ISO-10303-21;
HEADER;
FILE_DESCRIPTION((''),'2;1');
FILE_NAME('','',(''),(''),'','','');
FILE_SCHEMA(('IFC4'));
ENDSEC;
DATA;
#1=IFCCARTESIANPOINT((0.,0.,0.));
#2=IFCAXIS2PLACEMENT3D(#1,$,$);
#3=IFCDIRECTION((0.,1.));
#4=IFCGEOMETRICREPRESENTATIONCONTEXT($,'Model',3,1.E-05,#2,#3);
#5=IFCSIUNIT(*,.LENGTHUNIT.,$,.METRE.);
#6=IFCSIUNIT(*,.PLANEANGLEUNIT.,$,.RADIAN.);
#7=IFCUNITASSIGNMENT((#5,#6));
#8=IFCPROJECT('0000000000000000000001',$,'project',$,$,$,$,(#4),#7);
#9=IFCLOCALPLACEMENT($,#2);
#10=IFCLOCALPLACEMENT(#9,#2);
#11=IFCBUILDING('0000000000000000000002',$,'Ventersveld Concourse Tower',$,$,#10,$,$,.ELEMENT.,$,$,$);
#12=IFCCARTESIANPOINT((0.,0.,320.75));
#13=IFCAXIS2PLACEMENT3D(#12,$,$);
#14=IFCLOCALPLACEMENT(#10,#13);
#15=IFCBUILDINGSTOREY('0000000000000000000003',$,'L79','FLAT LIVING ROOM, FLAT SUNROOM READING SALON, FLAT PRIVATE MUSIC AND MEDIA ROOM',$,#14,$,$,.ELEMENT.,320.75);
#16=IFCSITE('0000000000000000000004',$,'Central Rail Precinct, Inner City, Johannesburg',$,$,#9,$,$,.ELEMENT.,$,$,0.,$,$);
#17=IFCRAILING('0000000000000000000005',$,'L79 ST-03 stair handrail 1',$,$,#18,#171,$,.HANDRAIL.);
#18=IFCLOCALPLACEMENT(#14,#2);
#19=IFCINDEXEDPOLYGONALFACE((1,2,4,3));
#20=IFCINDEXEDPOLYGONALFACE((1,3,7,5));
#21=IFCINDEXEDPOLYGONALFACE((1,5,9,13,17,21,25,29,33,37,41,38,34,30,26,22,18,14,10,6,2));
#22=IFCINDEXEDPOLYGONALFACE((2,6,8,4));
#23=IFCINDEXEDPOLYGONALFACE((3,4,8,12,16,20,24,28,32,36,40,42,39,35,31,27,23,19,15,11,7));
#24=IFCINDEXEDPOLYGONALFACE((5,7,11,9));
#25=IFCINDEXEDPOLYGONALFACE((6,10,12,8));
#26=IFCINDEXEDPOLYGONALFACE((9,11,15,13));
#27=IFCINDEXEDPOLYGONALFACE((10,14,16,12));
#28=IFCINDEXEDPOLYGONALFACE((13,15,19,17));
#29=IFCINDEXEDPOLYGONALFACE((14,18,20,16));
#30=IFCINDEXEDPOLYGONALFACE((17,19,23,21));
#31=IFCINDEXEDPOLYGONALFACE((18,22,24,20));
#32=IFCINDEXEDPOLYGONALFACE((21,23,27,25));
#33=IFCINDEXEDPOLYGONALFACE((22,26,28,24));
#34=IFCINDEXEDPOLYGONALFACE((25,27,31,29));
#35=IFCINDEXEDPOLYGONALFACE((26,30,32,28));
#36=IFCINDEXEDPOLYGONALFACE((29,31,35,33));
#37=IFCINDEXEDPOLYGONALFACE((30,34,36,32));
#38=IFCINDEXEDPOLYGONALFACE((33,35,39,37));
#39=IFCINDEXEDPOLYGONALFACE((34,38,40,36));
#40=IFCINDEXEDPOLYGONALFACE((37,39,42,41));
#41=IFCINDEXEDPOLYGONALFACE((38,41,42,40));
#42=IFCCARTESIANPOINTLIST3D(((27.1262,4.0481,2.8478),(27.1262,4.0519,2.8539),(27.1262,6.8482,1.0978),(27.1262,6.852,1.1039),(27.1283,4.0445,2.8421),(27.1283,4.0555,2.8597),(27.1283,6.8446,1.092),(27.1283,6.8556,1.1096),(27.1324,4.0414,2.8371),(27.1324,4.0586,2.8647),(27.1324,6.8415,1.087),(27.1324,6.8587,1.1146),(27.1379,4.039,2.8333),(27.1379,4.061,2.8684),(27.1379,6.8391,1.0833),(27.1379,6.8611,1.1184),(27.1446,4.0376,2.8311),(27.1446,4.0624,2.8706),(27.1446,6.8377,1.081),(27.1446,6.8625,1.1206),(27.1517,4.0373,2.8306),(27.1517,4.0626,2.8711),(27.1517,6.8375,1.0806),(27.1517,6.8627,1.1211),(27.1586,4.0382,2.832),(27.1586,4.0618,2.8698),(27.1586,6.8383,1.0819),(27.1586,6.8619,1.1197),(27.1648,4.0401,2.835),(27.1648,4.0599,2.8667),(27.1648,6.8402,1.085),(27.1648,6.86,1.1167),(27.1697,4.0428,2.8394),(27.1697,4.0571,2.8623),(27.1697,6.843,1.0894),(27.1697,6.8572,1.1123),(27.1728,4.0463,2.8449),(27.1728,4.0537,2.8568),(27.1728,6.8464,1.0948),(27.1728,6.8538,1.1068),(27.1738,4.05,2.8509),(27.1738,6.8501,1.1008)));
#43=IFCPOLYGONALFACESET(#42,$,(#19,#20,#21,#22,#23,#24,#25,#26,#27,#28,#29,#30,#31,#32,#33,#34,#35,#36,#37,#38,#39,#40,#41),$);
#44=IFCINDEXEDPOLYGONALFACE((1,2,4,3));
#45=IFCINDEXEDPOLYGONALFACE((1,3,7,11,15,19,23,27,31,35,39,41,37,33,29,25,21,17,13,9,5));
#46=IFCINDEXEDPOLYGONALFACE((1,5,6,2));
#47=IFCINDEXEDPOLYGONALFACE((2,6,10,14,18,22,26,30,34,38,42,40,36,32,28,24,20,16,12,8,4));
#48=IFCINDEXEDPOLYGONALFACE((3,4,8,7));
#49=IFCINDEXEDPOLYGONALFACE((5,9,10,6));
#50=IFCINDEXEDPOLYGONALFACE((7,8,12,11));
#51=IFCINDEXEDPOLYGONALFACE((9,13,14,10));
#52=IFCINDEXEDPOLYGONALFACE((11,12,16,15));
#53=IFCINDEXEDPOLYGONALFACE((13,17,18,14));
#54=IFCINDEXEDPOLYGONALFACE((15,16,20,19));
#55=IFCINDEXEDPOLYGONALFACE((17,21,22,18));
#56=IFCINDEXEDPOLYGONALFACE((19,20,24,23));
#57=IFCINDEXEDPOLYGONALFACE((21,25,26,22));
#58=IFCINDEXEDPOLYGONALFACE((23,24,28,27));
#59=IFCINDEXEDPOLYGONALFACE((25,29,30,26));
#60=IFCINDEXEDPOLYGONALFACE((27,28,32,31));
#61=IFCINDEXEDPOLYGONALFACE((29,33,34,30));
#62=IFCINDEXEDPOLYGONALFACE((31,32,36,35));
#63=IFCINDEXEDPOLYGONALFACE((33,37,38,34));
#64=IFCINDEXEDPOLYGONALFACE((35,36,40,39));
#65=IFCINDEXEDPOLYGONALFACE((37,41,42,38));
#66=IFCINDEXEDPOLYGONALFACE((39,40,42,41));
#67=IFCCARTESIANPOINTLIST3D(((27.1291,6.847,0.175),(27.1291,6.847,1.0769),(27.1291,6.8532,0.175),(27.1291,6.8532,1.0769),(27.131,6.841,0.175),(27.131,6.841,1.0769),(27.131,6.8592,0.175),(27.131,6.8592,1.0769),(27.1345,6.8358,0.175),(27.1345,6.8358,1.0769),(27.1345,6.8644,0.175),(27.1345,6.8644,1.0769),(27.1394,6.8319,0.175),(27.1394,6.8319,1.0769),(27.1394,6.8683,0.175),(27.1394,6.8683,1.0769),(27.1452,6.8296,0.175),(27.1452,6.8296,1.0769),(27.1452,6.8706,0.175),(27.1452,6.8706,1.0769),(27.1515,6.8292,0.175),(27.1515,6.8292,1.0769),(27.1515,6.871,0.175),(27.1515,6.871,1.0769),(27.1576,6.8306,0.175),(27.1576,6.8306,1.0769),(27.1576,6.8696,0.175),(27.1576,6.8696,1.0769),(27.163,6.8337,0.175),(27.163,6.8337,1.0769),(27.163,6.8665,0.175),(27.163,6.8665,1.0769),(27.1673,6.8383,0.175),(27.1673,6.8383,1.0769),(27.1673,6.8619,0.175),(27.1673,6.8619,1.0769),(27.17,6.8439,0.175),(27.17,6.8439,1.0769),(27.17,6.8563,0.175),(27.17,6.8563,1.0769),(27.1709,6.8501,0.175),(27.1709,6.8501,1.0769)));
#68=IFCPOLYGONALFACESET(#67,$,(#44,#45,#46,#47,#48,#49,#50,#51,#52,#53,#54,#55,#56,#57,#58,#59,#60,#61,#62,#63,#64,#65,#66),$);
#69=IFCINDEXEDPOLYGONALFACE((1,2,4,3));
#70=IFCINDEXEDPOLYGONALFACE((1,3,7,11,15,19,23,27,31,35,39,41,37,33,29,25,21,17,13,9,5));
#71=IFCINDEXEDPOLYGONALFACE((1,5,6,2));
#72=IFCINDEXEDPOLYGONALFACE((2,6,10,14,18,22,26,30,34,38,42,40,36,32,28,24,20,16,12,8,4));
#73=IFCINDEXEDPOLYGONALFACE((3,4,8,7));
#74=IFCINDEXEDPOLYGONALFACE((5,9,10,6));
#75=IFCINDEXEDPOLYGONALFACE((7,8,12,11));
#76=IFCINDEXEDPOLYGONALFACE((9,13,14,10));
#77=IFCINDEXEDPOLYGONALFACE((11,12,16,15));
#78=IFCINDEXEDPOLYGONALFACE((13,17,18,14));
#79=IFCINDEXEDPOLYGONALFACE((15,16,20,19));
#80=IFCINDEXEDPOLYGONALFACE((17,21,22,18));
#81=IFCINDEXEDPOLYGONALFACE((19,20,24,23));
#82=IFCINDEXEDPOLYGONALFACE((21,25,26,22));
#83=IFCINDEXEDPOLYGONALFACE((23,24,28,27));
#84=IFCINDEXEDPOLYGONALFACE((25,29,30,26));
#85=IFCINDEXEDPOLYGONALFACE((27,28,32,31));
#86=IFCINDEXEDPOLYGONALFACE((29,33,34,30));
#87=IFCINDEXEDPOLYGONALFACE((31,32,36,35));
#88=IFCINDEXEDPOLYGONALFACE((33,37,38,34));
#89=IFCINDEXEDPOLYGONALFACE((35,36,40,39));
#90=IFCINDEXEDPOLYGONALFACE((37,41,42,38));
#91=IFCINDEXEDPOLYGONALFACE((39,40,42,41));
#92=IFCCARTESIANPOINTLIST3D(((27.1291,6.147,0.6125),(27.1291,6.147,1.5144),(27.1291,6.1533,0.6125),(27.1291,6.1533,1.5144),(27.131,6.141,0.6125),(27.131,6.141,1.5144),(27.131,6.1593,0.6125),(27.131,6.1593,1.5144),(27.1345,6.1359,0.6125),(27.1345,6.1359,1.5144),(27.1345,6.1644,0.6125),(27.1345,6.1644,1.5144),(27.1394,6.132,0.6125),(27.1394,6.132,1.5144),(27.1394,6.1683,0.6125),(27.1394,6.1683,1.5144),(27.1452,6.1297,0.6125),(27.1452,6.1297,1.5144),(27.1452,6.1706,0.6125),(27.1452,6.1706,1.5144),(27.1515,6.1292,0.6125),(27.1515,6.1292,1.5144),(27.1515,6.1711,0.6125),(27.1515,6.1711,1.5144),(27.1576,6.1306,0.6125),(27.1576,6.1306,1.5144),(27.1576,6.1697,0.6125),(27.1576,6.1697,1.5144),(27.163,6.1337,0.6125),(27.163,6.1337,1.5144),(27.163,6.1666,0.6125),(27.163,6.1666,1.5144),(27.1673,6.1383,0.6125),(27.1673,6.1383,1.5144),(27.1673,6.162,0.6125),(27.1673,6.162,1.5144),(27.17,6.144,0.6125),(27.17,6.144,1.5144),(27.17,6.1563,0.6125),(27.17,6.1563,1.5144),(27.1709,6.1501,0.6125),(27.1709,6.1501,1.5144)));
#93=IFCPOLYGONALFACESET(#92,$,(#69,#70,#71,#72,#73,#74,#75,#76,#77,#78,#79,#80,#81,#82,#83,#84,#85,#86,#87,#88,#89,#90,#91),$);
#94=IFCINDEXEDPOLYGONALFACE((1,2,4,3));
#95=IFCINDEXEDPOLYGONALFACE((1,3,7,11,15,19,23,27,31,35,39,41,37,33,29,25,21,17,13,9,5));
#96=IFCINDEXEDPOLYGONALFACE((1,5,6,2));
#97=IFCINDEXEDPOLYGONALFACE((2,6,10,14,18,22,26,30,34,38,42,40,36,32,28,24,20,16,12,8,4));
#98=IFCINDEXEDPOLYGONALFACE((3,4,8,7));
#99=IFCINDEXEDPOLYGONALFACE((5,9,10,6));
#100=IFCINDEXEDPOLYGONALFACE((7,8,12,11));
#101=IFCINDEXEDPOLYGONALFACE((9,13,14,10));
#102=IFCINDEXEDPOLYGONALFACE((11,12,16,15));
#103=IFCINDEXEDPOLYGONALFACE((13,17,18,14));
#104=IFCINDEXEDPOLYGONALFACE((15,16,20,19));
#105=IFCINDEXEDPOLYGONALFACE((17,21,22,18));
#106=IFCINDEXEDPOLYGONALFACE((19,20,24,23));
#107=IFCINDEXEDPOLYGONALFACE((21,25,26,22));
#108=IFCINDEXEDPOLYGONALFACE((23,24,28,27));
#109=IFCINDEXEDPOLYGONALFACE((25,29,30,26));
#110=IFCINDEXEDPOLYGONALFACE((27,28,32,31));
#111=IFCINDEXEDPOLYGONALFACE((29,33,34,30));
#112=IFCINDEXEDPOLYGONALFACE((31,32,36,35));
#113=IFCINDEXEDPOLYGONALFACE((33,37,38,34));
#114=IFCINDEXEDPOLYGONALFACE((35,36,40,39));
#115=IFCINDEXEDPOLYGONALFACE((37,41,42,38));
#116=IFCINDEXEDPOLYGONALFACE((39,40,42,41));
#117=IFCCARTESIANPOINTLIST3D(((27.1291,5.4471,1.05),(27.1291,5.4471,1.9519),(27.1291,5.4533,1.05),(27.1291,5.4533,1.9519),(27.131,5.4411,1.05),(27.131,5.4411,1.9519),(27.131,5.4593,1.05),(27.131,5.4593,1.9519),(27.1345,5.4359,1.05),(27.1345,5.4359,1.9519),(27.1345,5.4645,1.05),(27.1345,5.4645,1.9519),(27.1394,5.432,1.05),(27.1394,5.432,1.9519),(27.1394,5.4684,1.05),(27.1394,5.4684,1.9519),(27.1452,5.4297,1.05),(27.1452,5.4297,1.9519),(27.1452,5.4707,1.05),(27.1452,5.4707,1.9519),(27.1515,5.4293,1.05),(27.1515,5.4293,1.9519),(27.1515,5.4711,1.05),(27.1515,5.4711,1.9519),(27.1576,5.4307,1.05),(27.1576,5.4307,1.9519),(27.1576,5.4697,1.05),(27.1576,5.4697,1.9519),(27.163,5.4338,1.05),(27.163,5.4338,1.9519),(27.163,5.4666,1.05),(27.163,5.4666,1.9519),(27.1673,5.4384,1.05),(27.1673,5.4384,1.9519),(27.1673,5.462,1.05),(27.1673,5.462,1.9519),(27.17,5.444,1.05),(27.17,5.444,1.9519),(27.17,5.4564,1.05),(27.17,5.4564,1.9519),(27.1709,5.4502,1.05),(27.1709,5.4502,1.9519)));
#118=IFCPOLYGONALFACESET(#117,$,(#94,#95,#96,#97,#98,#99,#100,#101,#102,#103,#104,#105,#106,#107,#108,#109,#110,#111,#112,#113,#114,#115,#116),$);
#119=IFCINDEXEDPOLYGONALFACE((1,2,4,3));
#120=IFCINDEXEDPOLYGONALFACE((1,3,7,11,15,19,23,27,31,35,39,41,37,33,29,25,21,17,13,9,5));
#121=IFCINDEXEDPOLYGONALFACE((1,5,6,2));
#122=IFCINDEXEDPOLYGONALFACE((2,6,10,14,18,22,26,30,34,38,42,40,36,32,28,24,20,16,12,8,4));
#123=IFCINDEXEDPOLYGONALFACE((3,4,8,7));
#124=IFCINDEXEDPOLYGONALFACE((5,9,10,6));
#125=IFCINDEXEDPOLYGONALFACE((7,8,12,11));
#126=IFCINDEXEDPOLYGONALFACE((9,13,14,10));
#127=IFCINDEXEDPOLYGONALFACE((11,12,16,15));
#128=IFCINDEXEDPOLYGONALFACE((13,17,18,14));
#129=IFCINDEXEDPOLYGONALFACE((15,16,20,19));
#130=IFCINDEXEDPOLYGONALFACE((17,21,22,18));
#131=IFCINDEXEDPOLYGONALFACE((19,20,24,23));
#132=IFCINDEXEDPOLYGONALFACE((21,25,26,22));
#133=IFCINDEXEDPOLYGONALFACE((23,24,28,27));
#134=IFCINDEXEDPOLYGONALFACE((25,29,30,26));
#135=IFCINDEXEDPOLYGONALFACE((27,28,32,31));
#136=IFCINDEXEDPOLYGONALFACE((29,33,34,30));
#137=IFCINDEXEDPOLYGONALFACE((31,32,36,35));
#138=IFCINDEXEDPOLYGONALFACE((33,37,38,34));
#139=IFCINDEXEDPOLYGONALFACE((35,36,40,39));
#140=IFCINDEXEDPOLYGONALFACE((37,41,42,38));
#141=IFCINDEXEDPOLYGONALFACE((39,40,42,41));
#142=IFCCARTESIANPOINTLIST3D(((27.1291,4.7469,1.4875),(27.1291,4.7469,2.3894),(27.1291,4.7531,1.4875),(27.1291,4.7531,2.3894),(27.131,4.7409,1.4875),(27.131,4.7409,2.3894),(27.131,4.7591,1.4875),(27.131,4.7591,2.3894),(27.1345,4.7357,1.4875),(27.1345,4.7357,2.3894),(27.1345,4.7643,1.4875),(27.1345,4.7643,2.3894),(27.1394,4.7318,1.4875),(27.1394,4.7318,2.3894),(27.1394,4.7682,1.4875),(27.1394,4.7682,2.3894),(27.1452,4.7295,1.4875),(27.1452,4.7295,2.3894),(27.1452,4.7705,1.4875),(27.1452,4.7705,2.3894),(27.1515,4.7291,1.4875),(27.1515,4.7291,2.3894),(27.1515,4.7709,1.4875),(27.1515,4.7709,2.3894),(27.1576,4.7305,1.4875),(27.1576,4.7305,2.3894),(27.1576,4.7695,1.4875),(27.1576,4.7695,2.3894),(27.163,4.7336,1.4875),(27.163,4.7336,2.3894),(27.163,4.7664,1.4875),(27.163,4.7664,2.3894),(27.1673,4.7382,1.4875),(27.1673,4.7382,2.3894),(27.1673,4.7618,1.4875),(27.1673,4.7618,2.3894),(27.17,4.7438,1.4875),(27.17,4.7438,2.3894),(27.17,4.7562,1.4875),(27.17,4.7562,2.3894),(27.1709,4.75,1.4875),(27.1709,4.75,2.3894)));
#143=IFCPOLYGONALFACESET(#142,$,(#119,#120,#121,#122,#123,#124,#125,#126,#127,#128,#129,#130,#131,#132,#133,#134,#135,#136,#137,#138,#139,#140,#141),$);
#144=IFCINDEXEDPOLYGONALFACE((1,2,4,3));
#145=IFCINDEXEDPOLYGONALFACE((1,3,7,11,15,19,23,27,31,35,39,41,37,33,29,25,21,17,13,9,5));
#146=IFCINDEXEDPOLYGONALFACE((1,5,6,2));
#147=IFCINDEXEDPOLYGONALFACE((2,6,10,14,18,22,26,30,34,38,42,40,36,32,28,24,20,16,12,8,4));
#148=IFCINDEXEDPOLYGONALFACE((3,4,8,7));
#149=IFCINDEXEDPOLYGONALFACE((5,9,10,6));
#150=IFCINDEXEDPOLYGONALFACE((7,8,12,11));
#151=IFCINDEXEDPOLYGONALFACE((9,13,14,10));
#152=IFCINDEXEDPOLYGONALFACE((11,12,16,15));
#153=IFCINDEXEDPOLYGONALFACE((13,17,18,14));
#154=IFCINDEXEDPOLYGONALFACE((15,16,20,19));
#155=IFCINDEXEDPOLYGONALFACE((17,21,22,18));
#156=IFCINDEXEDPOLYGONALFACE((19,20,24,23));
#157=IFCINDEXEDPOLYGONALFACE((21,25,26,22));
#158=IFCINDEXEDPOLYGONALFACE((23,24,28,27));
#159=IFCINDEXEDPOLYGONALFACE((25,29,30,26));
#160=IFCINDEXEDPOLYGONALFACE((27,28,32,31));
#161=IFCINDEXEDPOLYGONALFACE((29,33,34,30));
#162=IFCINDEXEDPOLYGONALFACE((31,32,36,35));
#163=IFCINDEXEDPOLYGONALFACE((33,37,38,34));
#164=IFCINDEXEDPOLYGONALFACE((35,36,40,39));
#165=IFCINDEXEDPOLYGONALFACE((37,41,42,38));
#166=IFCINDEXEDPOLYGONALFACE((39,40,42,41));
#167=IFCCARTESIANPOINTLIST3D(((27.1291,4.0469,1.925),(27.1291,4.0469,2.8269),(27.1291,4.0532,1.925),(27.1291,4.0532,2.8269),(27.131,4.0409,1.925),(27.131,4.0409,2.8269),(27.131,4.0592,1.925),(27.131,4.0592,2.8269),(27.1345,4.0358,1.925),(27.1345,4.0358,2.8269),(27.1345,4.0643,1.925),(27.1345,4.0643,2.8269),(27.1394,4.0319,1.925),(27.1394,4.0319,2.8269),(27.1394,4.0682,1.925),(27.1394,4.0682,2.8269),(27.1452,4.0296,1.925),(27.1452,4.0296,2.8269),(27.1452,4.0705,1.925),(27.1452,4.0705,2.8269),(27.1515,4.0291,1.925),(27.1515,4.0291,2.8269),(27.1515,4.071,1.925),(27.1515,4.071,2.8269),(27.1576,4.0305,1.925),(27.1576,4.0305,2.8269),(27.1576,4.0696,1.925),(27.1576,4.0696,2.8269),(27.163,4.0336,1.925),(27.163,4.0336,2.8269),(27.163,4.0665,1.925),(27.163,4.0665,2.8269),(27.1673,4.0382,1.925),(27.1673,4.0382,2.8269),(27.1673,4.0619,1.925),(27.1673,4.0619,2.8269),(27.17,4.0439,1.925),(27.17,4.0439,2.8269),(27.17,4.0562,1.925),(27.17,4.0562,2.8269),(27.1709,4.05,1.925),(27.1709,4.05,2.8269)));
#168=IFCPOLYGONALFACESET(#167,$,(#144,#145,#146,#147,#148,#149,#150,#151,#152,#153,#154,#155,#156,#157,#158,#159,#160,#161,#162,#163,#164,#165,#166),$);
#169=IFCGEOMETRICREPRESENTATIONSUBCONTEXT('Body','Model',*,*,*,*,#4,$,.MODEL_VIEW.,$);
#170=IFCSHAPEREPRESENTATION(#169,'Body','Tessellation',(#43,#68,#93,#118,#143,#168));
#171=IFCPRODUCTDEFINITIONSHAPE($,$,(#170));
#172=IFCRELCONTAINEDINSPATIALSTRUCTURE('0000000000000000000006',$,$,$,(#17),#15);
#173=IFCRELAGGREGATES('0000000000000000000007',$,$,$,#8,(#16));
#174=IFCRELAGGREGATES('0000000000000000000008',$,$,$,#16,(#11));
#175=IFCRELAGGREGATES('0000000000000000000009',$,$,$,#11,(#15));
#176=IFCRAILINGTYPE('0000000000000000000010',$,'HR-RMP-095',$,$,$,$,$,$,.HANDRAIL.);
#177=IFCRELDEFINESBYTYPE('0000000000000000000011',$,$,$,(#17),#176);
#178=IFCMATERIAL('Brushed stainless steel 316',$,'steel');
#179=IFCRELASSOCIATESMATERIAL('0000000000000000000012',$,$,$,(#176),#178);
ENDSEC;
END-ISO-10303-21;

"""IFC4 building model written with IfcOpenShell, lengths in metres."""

from ifc_helpers import new_model, si_unit, direction, frame, origin, origin_2d, place, context, subcontext, project, spatial, circle, extrude, material, type_object, element, save


model = new_model("IFC4")

# Units and contexts
model_context = context("Model", 3, precision=1e-05, world=origin(), true_north=direction((0.0, 1.0)))
body_context = subcontext(model_context, "Body", "Model", "MODEL_VIEW")
ifc_project = project(units=[si_unit("LENGTHUNIT", "METRE"), si_unit("PLANEANGLEUNIT", "RADIAN")], contexts=[model_context])

# Site, building, storey
site_placement = place(None, origin())
site = spatial("IfcSite", under=ifc_project, at=site_placement, Name="Central Rail Precinct, Inner City, Johannesburg", CompositionType="ELEMENT", RefElevation=0.0)
building_placement = place(site_placement, origin())
building = spatial("IfcBuilding", under=site, at=building_placement, Name="Ventersveld Concourse Tower", CompositionType="ELEMENT")
storey_placement = place(building_placement, frame((0.0, 0.0, 320.75)))
storey = spatial("IfcBuildingStorey", under=building, at=storey_placement, Name="L79", Description="FLAT LIVING ROOM, FLAT SUNROOM READING SALON, FLAT PRIVATE MUSIC AND MEDIA ROOM", CompositionType="ELEMENT", Elevation=320.75)

# Shared definitions
ifc_material_1 = material(Name="Brushed stainless steel 316", Category="steel")

# Railing
railing_type_1 = type_object("IfcRailingType", Name="HR-RMP-095", PredefinedType="HANDRAIL", material=ifc_material_1)
railing_1_placement = place(storey_placement, frame((27.1499, 6.8501, 0.175)))
element("IfcRailing", 1, at=railing_1_placement, inside=storey, type_object=railing_type_1, Name="L79 ST-03 stair handrail 1", PredefinedType="HANDRAIL", context=body_context, shape_type="SweptSolid", body=[
    extrude(circle(Radius=0.0239, at=origin_2d()), frame((0.0, 0.0, 0.9258), z_axis=(0.0, -0.848002, 0.529992), x_axis=(1.0, 0.0, 0.0)), (0.0, 0.0, 1.0), 3.302),
    extrude(circle(Radius=0.021, at=origin_2d()), origin(), (0.0, 0.0, 1.0), 0.9019),
    extrude(circle(Radius=0.021, at=origin_2d()), frame((0.0, -0.7, 0.4375)), (0.0, 0.0, 1.0), 0.9019),
    extrude(circle(Radius=0.021, at=origin_2d()), frame((0.0, -1.3999, 0.875)), (0.0, 0.0, 1.0), 0.9019),
    extrude(circle(Radius=0.021, at=origin_2d()), frame((0.0, -2.1001, 1.3125)), (0.0, 0.0, 1.0), 0.9019),
    extrude(circle(Radius=0.021, at=origin_2d()), frame((0.0, -2.8, 1.75)), (0.0, 0.0, 1.0), 0.9019),
])

save(model, "model.ifc")
